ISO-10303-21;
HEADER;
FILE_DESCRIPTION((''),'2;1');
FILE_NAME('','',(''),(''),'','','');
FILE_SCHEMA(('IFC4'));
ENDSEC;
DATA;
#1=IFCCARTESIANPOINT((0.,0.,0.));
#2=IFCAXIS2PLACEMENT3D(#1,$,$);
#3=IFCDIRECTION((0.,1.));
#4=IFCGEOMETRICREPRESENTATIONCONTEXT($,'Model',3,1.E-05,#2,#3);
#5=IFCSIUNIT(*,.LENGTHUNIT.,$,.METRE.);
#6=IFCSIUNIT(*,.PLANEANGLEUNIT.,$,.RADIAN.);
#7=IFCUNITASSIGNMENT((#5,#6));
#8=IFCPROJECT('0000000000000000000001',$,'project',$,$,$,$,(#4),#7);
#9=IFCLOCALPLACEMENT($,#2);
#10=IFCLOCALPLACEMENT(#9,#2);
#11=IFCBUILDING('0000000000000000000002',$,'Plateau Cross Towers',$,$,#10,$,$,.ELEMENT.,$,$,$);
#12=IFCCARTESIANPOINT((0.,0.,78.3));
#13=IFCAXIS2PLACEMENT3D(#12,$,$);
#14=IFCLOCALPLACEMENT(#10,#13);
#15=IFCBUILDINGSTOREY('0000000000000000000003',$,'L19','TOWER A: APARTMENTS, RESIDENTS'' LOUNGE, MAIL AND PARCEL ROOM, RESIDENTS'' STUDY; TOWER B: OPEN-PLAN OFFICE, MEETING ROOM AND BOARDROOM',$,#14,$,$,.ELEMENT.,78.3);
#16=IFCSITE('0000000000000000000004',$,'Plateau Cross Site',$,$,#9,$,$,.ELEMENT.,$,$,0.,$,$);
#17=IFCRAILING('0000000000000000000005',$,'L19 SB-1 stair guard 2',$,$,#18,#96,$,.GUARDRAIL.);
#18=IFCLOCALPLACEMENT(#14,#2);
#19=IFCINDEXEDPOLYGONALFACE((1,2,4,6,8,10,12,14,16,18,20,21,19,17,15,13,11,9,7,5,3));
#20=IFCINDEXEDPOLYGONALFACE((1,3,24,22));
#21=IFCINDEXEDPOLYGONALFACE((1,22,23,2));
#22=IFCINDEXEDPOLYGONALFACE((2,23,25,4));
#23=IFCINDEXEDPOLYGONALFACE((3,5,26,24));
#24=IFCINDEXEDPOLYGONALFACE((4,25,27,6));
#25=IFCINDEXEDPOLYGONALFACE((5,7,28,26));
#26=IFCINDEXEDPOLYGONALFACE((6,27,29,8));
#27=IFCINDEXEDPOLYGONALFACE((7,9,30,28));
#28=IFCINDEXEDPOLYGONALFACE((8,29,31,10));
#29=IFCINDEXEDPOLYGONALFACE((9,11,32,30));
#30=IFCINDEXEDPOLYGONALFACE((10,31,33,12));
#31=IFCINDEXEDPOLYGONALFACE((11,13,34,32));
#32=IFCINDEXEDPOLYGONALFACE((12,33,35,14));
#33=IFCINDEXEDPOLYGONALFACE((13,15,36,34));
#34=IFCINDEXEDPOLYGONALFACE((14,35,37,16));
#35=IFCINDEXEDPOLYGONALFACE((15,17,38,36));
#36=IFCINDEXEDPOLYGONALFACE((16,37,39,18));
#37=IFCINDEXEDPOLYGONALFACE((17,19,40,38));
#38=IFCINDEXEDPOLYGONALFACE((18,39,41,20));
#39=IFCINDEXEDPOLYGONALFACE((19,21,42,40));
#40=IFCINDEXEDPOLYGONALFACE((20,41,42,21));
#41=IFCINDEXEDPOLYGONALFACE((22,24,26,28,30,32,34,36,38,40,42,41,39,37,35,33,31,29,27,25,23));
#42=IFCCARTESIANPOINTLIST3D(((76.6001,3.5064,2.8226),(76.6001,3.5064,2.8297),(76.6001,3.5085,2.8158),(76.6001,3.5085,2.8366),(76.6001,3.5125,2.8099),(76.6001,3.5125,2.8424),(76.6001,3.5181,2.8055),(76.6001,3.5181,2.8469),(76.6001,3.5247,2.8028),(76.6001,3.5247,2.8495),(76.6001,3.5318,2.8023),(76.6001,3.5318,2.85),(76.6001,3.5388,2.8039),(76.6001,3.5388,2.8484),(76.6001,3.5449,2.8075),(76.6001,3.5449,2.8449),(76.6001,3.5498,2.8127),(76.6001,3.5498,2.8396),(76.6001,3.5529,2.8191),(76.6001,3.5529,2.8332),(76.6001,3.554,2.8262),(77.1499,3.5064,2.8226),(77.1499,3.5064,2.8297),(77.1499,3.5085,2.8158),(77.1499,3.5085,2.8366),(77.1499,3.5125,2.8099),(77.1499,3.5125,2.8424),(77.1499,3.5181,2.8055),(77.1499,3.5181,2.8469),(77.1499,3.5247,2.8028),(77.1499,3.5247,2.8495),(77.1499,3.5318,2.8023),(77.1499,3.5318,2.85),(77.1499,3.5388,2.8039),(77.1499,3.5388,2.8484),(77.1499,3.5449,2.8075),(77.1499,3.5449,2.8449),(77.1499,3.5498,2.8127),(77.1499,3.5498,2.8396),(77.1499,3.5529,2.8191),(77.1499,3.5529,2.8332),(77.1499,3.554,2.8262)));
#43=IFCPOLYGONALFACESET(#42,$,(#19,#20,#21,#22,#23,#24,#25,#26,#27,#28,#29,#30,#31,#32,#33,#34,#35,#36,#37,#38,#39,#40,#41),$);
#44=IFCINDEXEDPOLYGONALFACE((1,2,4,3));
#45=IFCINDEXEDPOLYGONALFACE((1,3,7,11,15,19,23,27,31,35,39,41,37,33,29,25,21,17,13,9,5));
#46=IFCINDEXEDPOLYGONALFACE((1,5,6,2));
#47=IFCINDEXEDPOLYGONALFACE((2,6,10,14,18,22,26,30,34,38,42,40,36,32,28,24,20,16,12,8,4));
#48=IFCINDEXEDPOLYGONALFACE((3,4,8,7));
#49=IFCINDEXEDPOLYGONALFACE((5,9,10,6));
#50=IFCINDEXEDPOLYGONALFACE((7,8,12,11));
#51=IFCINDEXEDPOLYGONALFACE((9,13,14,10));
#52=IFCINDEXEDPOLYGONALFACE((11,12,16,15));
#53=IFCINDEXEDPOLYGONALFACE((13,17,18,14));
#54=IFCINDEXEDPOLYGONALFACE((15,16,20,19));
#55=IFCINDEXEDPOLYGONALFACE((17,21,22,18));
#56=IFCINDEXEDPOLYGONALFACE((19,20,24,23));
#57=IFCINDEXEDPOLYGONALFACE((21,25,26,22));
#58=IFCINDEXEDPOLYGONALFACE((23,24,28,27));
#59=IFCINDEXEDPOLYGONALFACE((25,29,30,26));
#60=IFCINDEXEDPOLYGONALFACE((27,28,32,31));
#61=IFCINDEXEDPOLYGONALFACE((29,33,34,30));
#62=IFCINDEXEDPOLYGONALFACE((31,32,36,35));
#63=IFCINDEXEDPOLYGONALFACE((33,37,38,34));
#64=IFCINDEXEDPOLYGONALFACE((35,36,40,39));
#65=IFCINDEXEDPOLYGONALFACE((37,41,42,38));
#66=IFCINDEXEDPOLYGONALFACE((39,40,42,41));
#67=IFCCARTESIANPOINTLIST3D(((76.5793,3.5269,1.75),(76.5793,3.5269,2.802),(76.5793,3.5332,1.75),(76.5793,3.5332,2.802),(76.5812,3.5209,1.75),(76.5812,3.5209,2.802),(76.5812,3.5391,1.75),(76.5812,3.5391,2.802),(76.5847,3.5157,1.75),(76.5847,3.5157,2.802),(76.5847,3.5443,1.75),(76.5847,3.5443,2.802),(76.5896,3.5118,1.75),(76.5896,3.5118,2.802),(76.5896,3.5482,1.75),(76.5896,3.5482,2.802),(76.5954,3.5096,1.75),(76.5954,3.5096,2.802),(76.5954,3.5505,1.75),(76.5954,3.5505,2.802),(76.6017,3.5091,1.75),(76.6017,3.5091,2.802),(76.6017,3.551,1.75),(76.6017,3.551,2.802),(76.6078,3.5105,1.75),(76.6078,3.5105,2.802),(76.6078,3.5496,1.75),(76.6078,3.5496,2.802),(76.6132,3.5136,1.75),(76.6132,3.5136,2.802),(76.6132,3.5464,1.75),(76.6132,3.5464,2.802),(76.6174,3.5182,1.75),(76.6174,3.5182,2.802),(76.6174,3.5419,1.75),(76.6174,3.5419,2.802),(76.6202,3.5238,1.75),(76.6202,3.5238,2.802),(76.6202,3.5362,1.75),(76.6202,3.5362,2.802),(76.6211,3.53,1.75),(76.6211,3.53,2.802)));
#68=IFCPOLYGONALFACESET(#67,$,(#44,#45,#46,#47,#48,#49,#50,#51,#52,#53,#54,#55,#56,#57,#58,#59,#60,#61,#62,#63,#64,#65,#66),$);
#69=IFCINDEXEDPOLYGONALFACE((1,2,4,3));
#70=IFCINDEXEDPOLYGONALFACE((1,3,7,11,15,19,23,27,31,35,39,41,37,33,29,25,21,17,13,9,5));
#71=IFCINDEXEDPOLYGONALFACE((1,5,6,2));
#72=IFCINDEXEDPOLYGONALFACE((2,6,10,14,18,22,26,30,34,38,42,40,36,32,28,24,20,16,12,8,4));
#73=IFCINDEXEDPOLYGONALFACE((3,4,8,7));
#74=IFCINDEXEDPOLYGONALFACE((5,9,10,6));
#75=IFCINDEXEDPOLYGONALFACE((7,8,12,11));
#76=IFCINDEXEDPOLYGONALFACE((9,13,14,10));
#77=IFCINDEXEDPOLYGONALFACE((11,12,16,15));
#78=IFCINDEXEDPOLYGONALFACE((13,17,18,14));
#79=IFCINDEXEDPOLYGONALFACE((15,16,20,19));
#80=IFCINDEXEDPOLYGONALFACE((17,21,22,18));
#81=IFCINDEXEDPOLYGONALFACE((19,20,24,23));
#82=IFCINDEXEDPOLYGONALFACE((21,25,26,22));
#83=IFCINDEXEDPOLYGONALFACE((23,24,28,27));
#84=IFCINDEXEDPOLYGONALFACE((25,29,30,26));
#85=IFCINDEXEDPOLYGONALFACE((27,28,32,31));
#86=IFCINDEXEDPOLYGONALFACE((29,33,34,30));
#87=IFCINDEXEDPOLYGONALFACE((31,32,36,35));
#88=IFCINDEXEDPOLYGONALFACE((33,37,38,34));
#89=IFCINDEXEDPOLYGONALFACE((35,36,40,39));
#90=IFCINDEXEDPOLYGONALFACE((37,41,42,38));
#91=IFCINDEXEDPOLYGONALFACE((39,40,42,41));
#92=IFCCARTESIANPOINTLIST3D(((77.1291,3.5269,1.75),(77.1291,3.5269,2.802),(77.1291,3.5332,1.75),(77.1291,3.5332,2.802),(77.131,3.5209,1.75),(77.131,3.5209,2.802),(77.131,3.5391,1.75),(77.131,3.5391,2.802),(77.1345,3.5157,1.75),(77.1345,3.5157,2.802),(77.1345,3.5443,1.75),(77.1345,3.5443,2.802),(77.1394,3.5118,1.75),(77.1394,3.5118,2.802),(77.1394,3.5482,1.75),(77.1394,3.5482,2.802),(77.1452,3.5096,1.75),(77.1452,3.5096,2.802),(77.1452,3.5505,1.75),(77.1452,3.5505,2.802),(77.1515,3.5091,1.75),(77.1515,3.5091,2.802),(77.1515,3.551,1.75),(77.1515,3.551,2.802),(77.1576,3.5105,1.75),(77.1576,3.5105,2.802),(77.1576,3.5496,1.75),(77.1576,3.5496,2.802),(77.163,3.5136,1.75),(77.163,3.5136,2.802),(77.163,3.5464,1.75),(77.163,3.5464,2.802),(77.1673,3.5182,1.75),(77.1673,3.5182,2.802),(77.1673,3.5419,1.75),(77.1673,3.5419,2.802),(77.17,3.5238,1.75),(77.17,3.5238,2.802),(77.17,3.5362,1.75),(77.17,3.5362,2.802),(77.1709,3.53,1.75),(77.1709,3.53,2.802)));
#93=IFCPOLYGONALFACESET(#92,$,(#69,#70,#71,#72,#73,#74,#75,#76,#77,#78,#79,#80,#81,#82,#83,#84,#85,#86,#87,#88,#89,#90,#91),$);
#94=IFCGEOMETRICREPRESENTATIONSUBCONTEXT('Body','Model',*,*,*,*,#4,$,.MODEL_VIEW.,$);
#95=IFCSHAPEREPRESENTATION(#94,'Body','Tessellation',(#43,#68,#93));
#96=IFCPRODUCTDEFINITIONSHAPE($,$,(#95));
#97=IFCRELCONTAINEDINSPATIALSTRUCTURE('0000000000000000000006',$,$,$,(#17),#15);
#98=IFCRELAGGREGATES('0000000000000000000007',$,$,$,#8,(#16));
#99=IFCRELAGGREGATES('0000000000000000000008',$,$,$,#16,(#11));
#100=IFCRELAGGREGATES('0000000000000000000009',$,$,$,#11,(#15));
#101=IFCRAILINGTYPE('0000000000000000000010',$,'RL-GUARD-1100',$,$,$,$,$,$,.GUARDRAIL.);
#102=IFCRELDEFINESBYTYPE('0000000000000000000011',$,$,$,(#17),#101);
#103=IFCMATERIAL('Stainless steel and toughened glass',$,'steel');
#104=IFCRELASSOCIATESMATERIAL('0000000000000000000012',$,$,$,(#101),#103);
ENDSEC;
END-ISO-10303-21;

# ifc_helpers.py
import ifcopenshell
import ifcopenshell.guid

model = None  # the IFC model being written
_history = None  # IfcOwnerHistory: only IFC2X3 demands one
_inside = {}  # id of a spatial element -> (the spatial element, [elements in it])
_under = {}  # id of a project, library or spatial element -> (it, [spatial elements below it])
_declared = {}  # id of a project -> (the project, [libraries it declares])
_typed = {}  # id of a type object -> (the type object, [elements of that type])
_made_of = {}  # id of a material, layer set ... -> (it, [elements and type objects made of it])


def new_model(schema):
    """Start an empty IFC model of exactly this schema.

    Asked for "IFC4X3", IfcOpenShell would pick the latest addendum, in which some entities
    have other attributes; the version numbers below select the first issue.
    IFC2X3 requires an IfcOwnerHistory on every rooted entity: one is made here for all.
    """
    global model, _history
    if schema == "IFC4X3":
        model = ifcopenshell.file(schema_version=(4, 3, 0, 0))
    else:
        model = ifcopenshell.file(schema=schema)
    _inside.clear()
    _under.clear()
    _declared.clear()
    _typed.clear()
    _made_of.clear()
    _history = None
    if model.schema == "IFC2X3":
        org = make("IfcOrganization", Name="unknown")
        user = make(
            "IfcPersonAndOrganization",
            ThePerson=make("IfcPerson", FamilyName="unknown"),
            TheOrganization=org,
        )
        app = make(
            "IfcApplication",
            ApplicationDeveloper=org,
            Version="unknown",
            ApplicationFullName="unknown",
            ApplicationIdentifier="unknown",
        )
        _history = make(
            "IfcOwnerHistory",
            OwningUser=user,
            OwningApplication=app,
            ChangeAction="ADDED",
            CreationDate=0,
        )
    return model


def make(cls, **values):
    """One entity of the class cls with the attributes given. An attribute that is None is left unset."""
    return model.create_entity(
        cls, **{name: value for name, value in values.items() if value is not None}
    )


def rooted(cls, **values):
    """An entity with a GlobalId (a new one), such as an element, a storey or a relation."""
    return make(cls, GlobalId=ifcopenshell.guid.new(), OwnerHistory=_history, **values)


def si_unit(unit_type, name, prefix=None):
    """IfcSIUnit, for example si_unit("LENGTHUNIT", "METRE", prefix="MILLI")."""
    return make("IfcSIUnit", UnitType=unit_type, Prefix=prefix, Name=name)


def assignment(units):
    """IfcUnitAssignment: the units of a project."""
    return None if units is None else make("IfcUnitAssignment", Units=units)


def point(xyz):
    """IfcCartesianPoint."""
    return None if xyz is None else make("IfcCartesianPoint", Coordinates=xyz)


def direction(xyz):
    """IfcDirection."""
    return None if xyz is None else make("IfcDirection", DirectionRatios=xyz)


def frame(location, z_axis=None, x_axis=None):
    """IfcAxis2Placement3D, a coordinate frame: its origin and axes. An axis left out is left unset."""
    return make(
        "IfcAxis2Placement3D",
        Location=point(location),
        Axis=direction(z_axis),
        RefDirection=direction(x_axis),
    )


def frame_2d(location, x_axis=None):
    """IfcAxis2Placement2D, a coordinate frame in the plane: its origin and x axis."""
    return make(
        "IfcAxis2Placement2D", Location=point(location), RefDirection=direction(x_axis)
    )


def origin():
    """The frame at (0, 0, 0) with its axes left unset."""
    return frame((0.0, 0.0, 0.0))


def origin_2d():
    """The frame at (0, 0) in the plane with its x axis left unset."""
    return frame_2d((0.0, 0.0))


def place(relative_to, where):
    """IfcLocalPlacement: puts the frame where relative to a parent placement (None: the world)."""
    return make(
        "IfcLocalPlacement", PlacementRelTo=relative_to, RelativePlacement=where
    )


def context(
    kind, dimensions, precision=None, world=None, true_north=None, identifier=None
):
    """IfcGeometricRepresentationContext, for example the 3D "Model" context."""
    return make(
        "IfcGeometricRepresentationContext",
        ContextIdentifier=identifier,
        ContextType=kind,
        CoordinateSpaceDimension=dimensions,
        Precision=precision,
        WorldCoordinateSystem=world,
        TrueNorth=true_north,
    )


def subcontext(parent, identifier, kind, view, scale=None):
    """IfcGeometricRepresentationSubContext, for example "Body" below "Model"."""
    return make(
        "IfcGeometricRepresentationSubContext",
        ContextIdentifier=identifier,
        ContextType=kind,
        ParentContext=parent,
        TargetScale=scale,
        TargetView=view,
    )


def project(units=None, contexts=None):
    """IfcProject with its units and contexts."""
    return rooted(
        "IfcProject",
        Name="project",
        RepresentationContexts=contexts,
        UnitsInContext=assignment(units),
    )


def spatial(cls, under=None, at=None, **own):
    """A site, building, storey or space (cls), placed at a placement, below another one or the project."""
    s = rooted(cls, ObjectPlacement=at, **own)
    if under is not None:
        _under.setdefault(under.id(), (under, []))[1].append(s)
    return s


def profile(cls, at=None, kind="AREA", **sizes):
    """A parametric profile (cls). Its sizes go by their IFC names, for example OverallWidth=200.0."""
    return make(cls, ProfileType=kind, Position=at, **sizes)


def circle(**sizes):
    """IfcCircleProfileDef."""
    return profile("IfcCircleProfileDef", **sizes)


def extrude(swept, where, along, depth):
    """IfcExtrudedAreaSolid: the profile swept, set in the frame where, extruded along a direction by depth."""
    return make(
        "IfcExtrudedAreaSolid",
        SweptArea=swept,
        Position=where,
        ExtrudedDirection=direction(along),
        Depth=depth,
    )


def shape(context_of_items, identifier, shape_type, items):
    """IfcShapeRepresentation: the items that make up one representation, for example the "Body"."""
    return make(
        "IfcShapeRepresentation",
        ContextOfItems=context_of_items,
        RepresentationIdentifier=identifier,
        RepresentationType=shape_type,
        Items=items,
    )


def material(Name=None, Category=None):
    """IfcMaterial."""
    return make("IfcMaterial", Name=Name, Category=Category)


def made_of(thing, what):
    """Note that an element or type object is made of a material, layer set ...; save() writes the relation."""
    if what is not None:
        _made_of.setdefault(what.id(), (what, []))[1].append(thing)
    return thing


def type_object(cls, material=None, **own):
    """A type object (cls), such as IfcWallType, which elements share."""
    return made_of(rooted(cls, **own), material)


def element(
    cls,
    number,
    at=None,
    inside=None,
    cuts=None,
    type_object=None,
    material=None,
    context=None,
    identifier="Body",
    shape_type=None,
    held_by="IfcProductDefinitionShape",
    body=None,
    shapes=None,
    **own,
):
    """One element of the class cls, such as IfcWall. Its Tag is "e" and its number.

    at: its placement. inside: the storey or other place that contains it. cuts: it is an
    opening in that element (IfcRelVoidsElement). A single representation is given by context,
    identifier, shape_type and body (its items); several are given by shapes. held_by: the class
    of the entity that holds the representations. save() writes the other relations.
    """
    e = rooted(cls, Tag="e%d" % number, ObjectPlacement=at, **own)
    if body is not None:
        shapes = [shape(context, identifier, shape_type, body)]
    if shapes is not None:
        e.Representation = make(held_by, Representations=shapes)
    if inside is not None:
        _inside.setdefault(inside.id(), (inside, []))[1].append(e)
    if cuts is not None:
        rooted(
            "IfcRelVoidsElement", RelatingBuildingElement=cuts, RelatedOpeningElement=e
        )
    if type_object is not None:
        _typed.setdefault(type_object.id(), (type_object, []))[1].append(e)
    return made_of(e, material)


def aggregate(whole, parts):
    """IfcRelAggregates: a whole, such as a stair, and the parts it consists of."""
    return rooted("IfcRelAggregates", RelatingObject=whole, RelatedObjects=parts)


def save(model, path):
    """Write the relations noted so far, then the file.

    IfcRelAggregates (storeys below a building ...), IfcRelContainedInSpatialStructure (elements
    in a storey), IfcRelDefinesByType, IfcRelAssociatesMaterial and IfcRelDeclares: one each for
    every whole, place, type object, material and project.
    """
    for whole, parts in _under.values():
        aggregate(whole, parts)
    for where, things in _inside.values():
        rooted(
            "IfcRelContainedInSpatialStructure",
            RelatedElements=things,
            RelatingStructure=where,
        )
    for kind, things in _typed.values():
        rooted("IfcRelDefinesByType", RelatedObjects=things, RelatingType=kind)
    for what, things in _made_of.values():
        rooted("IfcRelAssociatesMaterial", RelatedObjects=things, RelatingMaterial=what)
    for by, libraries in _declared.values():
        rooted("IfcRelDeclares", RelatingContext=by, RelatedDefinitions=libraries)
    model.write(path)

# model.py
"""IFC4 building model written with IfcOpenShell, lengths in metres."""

from ifc_helpers import new_model, si_unit, direction, frame, origin, origin_2d, place, context, subcontext, project, spatial, circle, extrude, material, type_object, element, save


model = new_model("IFC4")

# Units and contexts
model_context = context("Model", 3, precision=1e-05, world=origin(), true_north=direction((0.0, 1.0)))
body_context = subcontext(model_context, "Body", "Model", "MODEL_VIEW")
ifc_project = project(units=[si_unit("LENGTHUNIT", "METRE"), si_unit("PLANEANGLEUNIT", "RADIAN")], contexts=[model_context])

# Site, building, storey
site_placement = place(None, origin())
site = spatial("IfcSite", under=ifc_project, at=site_placement, Name="Plateau Cross Site", CompositionType="ELEMENT", RefElevation=0.0)
building_placement = place(site_placement, origin())
building = spatial("IfcBuilding", under=site, at=building_placement, Name="Plateau Cross Towers", CompositionType="ELEMENT")
storey_placement = place(building_placement, frame((0.0, 0.0, 78.3)))
storey = spatial("IfcBuildingStorey", under=building, at=storey_placement, Name="L19", Description="TOWER A: APARTMENTS, RESIDENTS' LOUNGE, MAIL AND PARCEL ROOM, RESIDENTS' STUDY; TOWER B: OPEN-PLAN OFFICE, MEETING ROOM AND BOARDROOM", CompositionType="ELEMENT", Elevation=78.3)

# Railing
ifc_material_1 = material(Name="Stainless steel and toughened glass", Category="steel")
railing_type_1 = type_object("IfcRailingType", Name="RL-GUARD-1100", PredefinedType="GUARDRAIL", material=ifc_material_1)
railing_1_placement = place(storey_placement, frame((76.6001, 3.53, 1.75)))
element("IfcRailing", 1, at=railing_1_placement, inside=storey, type_object=railing_type_1, Name="L19 SB-1 stair guard 2", PredefinedType="GUARDRAIL", context=body_context, shape_type="SweptSolid", body=[
    extrude(circle(Radius=0.0239, at=origin_2d()), frame((0.0, 0.0, 1.0762), z_axis=(1.0, 0.0, 0.0), x_axis=(0.0, 1.0, 0.0)), (0.0, 0.0, 1.0), 0.5498),
    extrude(circle(Radius=0.021, at=origin_2d()), origin(), (0.0, 0.0, 1.0), 1.052),
    extrude(circle(Radius=0.021, at=origin_2d()), frame((0.5498, 0.0, 0.0)), (0.0, 0.0, 1.0), 1.052),
])

save(model, "model.ifc")
